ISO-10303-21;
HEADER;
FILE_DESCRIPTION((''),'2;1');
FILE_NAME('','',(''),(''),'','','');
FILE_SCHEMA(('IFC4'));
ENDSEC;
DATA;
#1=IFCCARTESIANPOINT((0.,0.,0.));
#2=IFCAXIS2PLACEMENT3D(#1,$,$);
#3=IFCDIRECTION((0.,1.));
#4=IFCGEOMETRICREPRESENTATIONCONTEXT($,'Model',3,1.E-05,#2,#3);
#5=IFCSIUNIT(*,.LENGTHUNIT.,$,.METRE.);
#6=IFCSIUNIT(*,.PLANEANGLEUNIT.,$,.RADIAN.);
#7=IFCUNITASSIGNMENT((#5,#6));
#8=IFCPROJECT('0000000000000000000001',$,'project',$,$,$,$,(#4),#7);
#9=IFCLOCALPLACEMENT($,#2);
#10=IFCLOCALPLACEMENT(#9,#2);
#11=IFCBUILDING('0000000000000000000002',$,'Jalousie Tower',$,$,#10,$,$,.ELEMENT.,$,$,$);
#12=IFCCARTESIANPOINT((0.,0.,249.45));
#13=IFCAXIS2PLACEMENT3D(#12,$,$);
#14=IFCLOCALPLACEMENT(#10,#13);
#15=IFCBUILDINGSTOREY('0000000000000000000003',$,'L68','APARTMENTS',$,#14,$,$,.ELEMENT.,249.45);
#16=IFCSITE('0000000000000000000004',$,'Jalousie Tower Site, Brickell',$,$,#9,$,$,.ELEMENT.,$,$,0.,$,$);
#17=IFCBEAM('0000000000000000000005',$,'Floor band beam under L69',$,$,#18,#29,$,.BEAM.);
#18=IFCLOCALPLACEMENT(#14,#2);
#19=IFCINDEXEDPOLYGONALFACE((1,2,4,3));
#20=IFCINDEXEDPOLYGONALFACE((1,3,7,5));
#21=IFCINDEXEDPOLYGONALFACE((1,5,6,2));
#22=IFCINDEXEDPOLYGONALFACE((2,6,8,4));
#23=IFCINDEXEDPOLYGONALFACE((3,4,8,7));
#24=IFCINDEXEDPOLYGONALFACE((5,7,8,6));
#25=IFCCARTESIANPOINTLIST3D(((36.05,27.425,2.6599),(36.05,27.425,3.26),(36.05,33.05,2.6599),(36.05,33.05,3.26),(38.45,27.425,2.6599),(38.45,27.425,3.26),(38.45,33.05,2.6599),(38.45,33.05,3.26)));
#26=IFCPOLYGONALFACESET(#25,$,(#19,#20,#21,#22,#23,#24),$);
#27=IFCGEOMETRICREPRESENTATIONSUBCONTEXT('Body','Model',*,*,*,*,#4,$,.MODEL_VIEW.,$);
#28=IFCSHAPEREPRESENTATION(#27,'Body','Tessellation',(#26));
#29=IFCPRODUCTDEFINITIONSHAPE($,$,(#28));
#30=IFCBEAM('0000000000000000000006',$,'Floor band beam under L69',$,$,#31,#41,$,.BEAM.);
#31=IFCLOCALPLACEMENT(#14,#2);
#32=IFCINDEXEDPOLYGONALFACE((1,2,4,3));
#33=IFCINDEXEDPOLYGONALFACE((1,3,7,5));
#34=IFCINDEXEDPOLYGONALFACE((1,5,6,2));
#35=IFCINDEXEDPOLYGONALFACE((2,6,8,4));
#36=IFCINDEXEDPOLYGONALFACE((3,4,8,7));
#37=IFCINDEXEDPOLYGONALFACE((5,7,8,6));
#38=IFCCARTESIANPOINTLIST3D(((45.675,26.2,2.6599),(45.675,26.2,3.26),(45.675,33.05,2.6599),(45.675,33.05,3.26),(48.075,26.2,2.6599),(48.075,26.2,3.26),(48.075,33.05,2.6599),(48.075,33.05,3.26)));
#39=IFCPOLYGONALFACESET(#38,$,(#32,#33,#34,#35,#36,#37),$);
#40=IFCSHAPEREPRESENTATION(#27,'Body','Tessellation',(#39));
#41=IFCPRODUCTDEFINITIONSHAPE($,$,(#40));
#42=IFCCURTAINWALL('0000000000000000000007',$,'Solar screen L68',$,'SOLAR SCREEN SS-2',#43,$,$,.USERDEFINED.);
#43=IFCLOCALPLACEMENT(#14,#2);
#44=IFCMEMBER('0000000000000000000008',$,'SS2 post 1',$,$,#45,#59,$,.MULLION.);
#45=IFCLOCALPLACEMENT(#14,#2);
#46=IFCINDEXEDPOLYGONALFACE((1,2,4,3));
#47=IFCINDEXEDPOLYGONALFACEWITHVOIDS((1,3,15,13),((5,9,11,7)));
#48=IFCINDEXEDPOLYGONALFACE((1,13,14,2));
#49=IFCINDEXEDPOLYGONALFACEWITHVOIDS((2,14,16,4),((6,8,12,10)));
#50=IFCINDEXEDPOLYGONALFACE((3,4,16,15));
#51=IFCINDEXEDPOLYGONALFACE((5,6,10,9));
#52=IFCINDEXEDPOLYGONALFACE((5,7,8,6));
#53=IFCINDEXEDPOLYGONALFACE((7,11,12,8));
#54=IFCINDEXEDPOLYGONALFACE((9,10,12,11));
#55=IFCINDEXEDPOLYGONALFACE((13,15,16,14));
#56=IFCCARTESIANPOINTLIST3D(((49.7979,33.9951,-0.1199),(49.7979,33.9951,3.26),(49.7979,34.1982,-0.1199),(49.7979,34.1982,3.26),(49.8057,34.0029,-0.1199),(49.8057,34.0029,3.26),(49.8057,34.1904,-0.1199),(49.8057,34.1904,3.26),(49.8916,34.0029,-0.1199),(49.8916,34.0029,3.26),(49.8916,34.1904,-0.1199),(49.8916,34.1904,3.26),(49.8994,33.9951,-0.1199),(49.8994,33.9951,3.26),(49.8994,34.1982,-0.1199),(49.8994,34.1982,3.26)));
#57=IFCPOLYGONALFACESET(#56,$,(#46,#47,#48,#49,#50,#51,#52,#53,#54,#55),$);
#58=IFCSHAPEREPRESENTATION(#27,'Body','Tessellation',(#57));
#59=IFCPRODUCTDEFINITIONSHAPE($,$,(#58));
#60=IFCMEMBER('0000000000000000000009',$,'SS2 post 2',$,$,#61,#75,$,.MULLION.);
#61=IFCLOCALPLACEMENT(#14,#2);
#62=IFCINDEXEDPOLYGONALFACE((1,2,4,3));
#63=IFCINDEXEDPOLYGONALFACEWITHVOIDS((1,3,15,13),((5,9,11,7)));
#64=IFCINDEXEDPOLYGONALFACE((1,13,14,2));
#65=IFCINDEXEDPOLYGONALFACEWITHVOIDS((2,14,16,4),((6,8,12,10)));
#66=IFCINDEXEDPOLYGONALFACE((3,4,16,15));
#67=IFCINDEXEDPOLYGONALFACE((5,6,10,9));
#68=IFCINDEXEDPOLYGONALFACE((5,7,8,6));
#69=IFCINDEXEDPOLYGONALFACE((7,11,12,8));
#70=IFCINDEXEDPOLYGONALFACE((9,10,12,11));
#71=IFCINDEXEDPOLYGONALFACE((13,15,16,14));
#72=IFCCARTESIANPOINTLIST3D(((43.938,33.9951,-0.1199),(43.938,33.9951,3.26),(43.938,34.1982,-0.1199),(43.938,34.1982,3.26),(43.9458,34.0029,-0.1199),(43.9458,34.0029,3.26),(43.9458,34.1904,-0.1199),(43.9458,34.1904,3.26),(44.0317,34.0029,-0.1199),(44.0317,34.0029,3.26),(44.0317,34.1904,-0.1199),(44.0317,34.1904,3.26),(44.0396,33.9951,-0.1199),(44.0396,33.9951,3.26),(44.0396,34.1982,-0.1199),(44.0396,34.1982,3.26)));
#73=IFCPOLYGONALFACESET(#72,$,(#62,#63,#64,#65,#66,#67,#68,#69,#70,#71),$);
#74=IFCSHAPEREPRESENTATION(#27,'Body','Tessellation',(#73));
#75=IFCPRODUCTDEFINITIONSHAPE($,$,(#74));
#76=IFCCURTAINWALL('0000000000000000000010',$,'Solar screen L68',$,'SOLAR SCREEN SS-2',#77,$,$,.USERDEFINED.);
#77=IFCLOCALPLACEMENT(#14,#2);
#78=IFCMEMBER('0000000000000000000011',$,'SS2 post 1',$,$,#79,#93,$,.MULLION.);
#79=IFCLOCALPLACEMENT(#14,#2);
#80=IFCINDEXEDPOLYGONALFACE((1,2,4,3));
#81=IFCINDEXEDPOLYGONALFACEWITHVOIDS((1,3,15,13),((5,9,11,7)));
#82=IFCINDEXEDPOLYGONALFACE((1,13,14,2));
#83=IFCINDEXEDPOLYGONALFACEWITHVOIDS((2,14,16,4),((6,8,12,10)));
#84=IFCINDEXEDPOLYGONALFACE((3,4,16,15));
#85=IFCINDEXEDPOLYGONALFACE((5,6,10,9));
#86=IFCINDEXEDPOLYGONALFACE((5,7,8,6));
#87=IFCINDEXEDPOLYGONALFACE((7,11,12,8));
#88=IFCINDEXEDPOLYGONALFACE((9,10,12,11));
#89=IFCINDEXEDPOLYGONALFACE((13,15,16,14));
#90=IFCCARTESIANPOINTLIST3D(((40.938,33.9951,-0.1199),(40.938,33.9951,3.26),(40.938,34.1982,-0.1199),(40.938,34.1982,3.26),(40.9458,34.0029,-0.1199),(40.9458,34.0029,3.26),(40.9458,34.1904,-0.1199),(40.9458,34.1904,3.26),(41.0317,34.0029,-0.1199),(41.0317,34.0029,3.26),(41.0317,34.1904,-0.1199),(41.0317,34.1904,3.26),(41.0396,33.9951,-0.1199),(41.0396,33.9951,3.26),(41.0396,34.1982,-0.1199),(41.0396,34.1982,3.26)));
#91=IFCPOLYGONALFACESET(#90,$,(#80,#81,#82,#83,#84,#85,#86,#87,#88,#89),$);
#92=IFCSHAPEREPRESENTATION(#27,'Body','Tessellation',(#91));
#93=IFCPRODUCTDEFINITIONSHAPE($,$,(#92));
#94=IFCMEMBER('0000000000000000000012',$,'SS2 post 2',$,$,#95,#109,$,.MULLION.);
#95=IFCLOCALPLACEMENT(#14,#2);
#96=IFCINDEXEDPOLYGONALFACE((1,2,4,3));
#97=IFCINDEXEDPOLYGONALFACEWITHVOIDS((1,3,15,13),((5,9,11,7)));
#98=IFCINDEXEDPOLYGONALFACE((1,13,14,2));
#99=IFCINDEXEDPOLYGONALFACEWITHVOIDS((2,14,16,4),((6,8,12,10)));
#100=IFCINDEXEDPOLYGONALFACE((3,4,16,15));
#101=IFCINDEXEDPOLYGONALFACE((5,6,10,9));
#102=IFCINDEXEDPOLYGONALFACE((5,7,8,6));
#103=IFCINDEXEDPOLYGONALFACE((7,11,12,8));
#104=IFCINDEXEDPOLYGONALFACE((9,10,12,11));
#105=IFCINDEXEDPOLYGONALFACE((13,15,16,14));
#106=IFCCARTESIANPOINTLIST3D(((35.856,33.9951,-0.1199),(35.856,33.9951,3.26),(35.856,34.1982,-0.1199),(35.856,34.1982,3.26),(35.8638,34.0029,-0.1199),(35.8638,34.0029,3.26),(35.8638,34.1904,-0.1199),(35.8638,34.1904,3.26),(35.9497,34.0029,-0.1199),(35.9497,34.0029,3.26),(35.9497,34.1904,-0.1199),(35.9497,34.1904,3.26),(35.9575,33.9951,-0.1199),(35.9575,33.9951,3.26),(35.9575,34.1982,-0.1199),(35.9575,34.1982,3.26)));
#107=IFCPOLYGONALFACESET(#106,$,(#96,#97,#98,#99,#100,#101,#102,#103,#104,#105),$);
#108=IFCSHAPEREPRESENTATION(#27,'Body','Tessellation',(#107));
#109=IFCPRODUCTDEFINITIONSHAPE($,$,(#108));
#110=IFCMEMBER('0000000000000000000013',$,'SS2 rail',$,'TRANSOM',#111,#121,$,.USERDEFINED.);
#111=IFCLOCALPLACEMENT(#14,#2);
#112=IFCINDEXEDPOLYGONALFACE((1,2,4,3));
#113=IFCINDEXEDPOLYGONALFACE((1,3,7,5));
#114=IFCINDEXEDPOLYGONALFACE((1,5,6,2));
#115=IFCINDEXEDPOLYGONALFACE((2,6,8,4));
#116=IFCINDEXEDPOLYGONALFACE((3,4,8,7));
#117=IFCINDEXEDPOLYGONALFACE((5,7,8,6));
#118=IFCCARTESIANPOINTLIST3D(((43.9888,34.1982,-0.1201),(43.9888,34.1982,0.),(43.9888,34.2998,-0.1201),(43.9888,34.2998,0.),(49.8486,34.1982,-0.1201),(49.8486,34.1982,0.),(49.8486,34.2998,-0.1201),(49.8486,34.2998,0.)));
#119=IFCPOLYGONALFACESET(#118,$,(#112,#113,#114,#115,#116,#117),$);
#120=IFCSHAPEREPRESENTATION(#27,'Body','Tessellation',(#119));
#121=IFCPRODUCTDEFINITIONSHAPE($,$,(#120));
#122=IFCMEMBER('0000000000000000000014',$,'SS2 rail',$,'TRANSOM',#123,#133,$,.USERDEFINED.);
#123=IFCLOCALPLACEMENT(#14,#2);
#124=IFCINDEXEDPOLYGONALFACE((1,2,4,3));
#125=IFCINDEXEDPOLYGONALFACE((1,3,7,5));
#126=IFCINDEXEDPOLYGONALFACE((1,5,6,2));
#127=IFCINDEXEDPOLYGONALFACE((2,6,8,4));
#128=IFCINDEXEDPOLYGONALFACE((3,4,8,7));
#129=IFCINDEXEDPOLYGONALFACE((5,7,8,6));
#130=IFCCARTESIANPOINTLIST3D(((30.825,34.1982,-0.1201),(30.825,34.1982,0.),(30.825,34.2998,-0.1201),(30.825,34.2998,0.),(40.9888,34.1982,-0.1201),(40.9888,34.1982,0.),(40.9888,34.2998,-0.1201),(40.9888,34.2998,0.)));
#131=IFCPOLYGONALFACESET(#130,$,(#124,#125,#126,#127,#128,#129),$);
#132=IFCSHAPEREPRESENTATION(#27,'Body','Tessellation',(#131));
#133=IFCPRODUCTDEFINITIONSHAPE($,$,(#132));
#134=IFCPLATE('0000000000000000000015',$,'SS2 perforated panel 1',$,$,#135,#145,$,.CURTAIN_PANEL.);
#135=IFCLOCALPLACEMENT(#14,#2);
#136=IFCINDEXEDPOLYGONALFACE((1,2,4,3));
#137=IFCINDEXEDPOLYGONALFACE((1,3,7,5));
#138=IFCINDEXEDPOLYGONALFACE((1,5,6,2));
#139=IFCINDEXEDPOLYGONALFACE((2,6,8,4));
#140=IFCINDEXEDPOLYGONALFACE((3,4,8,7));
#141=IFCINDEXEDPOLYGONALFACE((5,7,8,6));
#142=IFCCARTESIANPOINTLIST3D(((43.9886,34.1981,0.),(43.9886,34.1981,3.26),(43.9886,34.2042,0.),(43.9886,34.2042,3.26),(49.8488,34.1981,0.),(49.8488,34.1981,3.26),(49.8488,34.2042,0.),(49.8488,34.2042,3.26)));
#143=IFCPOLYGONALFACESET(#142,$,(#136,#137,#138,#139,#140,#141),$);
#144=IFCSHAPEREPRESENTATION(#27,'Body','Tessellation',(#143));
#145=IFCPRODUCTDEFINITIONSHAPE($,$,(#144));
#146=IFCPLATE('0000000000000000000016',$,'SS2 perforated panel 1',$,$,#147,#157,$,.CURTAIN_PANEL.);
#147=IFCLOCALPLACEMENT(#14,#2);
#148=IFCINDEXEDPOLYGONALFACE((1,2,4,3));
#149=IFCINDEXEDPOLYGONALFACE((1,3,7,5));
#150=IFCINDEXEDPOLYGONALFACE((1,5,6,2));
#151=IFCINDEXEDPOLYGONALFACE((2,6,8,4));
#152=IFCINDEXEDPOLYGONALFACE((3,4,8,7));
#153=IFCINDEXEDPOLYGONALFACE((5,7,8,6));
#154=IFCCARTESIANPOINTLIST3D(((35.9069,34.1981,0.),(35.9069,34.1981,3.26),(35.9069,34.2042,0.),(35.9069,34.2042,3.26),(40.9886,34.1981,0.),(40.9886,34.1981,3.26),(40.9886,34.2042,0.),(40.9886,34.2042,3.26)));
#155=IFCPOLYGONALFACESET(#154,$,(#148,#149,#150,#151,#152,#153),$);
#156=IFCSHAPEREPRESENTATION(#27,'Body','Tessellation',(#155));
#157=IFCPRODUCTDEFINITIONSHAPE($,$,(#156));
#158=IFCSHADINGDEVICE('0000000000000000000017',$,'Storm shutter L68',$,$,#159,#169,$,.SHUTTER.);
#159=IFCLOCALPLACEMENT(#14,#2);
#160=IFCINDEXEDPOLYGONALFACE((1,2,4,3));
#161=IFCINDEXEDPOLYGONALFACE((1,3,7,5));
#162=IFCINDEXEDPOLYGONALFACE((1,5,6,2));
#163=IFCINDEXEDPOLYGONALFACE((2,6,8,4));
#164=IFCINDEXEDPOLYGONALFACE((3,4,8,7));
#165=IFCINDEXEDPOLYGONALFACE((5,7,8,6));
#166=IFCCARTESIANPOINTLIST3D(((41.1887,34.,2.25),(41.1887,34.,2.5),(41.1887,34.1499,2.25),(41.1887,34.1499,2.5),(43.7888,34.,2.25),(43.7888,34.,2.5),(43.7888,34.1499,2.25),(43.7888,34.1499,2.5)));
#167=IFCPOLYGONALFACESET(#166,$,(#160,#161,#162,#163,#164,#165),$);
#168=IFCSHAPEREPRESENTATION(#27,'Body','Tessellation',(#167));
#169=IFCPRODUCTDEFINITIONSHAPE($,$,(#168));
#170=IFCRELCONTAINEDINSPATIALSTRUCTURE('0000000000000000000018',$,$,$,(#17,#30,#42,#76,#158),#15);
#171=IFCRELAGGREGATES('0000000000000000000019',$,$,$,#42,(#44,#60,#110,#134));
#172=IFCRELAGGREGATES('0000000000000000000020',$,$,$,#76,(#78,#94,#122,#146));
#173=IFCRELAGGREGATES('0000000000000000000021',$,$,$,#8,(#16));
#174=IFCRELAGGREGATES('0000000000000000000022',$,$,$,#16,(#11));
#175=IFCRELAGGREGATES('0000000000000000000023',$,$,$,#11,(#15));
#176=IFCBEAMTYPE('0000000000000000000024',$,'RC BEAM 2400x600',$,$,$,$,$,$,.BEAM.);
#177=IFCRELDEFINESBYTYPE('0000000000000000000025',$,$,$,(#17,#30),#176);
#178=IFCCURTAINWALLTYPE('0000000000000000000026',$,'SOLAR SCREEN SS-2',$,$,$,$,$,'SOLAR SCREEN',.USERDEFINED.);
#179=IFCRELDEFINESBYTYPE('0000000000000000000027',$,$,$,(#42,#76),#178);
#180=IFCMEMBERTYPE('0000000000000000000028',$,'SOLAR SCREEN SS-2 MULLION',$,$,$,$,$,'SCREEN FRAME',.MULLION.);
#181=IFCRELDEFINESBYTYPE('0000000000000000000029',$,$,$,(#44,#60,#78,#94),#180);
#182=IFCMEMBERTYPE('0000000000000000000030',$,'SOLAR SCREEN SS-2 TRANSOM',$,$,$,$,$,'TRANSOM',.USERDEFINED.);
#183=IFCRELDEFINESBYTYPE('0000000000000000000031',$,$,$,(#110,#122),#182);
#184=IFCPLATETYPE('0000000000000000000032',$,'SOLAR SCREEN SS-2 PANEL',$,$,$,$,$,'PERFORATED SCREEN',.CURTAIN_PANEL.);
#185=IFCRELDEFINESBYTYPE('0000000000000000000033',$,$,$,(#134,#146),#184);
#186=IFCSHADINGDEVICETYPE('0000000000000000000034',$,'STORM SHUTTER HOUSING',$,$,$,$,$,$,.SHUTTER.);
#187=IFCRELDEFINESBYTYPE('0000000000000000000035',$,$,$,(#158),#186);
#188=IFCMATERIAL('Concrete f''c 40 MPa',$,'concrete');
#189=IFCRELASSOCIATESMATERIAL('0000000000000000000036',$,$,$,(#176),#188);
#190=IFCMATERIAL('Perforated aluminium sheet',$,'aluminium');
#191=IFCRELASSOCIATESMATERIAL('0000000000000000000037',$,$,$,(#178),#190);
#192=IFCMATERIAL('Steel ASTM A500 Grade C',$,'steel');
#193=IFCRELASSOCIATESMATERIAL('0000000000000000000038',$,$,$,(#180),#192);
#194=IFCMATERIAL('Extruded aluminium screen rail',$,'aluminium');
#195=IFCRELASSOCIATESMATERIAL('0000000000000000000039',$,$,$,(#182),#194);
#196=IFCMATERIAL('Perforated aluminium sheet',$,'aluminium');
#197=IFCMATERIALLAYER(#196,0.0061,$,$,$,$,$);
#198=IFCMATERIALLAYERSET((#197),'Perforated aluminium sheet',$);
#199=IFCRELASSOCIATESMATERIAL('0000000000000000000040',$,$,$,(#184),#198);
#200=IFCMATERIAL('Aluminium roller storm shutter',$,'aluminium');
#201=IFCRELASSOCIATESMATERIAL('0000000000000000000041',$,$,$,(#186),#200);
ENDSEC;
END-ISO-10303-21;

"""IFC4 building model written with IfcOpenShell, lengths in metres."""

from ifc_helpers import new_model, si_unit, direction, frame, origin, origin_2d, place, context, subcontext, project, spatial, rectangle, hollow_rectangle, extrude, material, layer, layer_set, material_profile, profile_set, type_object, element, aggregate, save


model = new_model("IFC4")

# Units and contexts
model_context = context("Model", 3, precision=1e-05, world=origin(), true_north=direction((0.0, 1.0)))
body_context = subcontext(model_context, "Body", "Model", "MODEL_VIEW")
ifc_project = project(units=[si_unit("LENGTHUNIT", "METRE"), si_unit("PLANEANGLEUNIT", "RADIAN")], contexts=[model_context])

# Site, building, storey
site_placement = place(None, origin())
site = spatial("IfcSite", under=ifc_project, at=site_placement, Name="Jalousie Tower Site, Brickell", CompositionType="ELEMENT", RefElevation=0.0)
building_placement = place(site_placement, origin())
building = spatial("IfcBuilding", under=site, at=building_placement, Name="Jalousie Tower", CompositionType="ELEMENT")
storey_placement = place(building_placement, frame((0.0, 0.0, 249.45)))
storey = spatial("IfcBuildingStorey", under=building, at=storey_placement, Name="L68", Description="APARTMENTS", CompositionType="ELEMENT", Elevation=249.45)

# Beams
ifc_material_1 = material(Name="Concrete f'c 40 MPa", Category="concrete")
ifc_material_profile_1 = material_profile(ifc_material_1, rectangle(XDim=2.3999, YDim=0.6001, at=origin_2d()), Name="RC 2400x600")
ifc_profile_set_1 = profile_set([ifc_material_profile_1], Name="Concrete f'c 40 MPa")
beam_type_1 = type_object("IfcBeamType", Name="RC BEAM 2400x600", PredefinedType="BEAM", material=ifc_profile_set_1)
beam_1_placement = place(storey_placement, frame((37.25, 33.05, 2.96), z_axis=(0.0, -1.0, 0.0), x_axis=(1.0, 0.0, 0.0)))
element("IfcBeam", 1, at=beam_1_placement, inside=storey, type_object=beam_type_1, Name="Floor band beam under L69", PredefinedType="BEAM", context=body_context, shape_type="SweptSolid", body=[
    extrude(rectangle(XDim=2.3999, YDim=0.6001, at=origin_2d()), origin(), (0.0, 0.0, 1.0), 5.625),
])
beam_2_placement = place(storey_placement, frame((46.875, 33.05, 2.96), z_axis=(0.0, -1.0, 0.0), x_axis=(1.0, 0.0, 0.0)))
element("IfcBeam", 2, at=beam_2_placement, inside=storey, type_object=beam_type_1, Name="Floor band beam under L69", PredefinedType="BEAM", context=body_context, shape_type="SweptSolid", body=[
    extrude(rectangle(XDim=2.3999, YDim=0.6001, at=origin_2d()), origin(), (0.0, 0.0, 1.0), 6.8501),
])

# Curtain walls, members
ifc_material_2 = material(Name="Perforated aluminium sheet", Category="aluminium")
curtain_wall_type = type_object("IfcCurtainWallType", Name="SOLAR SCREEN SS-2", ElementType="SOLAR SCREEN", PredefinedType="USERDEFINED", material=ifc_material_2)
curtain_wall_1_placement = place(storey_placement, origin())
curtain_wall_1 = element("IfcCurtainWall", 3, at=curtain_wall_1_placement, inside=storey, type_object=curtain_wall_type, Name="Solar screen L68", ObjectType="SOLAR SCREEN SS-2", PredefinedType="USERDEFINED")
ifc_material_3 = material(Name="Steel ASTM A500 Grade C", Category="steel")
ifc_material_profile_2 = material_profile(ifc_material_3, hollow_rectangle(XDim=0.1016, YDim=0.2031, WallThickness=0.0078, at=origin_2d()), Name="HSS8X4X5/16")
ifc_profile_set_2 = profile_set([ifc_material_profile_2], Name="Steel ASTM A500 Grade C")
member_type_1 = type_object("IfcMemberType", Name="SOLAR SCREEN SS-2 MULLION", ElementType="SCREEN FRAME", PredefinedType="MULLION", material=ifc_profile_set_2)
member_1_placement = place(storey_placement, frame((49.8486, 34.0967, -0.1199), z_axis=(0.0, 0.0, 1.0), x_axis=(-1.0, 0.0, 0.0)))
member_1 = element("IfcMember", 4, at=member_1_placement, type_object=member_type_1, Name="SS2 post 1", PredefinedType="MULLION", context=body_context, shape_type="SweptSolid", body=[
    extrude(hollow_rectangle(XDim=0.1016, YDim=0.2031, WallThickness=0.0078, at=origin_2d()), origin(), (0.0, 0.0, 1.0), 3.3799),
])
member_2_placement = place(storey_placement, frame((43.9888, 34.0967, -0.1199), z_axis=(0.0, 0.0, 1.0), x_axis=(-1.0, 0.0, 0.0)))
member_2 = element("IfcMember", 5, at=member_2_placement, type_object=member_type_1, Name="SS2 post 2", PredefinedType="MULLION", context=body_context, shape_type="SweptSolid", body=[
    extrude(hollow_rectangle(XDim=0.1016, YDim=0.2031, WallThickness=0.0078, at=origin_2d()), origin(), (0.0, 0.0, 1.0), 3.3799),
])
curtain_wall_2_placement = place(storey_placement, origin())
curtain_wall_2 = element("IfcCurtainWall", 6, at=curtain_wall_2_placement, inside=storey, type_object=curtain_wall_type, Name="Solar screen L68", ObjectType="SOLAR SCREEN SS-2", PredefinedType="USERDEFINED")
member_3_placement = place(storey_placement, frame((40.9888, 34.0967, -0.1199), z_axis=(0.0, 0.0, 1.0), x_axis=(-1.0, 0.0, 0.0)))
member_3 = element("IfcMember", 7, at=member_3_placement, type_object=member_type_1, Name="SS2 post 1", PredefinedType="MULLION", context=body_context, shape_type="SweptSolid", body=[
    extrude(hollow_rectangle(XDim=0.1016, YDim=0.2031, WallThickness=0.0078, at=origin_2d()), origin(), (0.0, 0.0, 1.0), 3.3799),
])
member_4_placement = place(storey_placement, frame((35.9067, 34.0967, -0.1199), z_axis=(0.0, 0.0, 1.0), x_axis=(-1.0, 0.0, 0.0)))
member_4 = element("IfcMember", 8, at=member_4_placement, type_object=member_type_1, Name="SS2 post 2", PredefinedType="MULLION", context=body_context, shape_type="SweptSolid", body=[
    extrude(hollow_rectangle(XDim=0.1016, YDim=0.2031, WallThickness=0.0078, at=origin_2d()), origin(), (0.0, 0.0, 1.0), 3.3799),
])

# Members
ifc_material_4 = material(Name="Extruded aluminium screen rail", Category="aluminium")
ifc_material_profile_3 = material_profile(ifc_material_4, rectangle(XDim=0.1016, YDim=0.1201, at=origin_2d()), Name="RAIL 102x120")
ifc_profile_set_3 = profile_set([ifc_material_profile_3], Name="Extruded aluminium screen rail")
member_type_2 = type_object("IfcMemberType", Name="SOLAR SCREEN SS-2 TRANSOM", ElementType="TRANSOM", PredefinedType="USERDEFINED", material=ifc_profile_set_3)
member_5_placement = place(storey_placement, frame((49.8486, 34.249, -0.0601), z_axis=(-1.0, 0.0, 0.0), x_axis=(0.0, -1.0, 0.0)))
member_5 = element("IfcMember", 9, at=member_5_placement, type_object=member_type_2, Name="SS2 rail", ObjectType="TRANSOM", PredefinedType="USERDEFINED", context=body_context, shape_type="SweptSolid", body=[
    extrude(rectangle(XDim=0.1016, YDim=0.1201, at=origin_2d()), origin(), (0.0, 0.0, 1.0), 5.8599),
])
member_6_placement = place(storey_placement, frame((40.9888, 34.249, -0.0601), z_axis=(-1.0, 0.0, 0.0), x_axis=(0.0, -1.0, 0.0)))
member_6 = element("IfcMember", 10, at=member_6_placement, type_object=member_type_2, Name="SS2 rail", ObjectType="TRANSOM", PredefinedType="USERDEFINED", context=body_context, shape_type="SweptSolid", body=[
    extrude(rectangle(XDim=0.1016, YDim=0.1201, at=origin_2d()), origin(), (0.0, 0.0, 1.0), 10.1638),
])

# Plates
ifc_material_5 = material(Name="Perforated aluminium sheet", Category="aluminium")
ifc_layer = layer(ifc_material_5, 0.0061)
ifc_layer_set = layer_set([ifc_layer], Name="Perforated aluminium sheet")
plate_type = type_object("IfcPlateType", Name="SOLAR SCREEN SS-2 PANEL", ElementType="PERFORATED SCREEN", PredefinedType="CURTAIN_PANEL", material=ifc_layer_set)
plate_1_placement = place(storey_placement, frame((46.9187, 34.2012, 0.0), z_axis=(0.0, 0.0, 1.0), x_axis=(-1.0, 0.0, 0.0)))
plate_1 = element("IfcPlate", 11, at=plate_1_placement, type_object=plate_type, Name="SS2 perforated panel 1", PredefinedType="CURTAIN_PANEL", context=body_context, shape_type="SweptSolid", body=[
    extrude(rectangle(XDim=5.8601, YDim=0.0061, at=origin_2d()), origin(), (0.0, 0.0, 1.0), 3.26),
])
aggregate(curtain_wall_1, [member_1, member_2, member_5, plate_1])
plate_2_placement = place(storey_placement, frame((38.4478, 34.2012, 0.0), z_axis=(0.0, 0.0, 1.0), x_axis=(-1.0, 0.0, 0.0)))
plate_2 = element("IfcPlate", 12, at=plate_2_placement, type_object=plate_type, Name="SS2 perforated panel 1", PredefinedType="CURTAIN_PANEL", context=body_context, shape_type="SweptSolid", body=[
    extrude(rectangle(XDim=5.0818, YDim=0.0061, at=origin_2d()), origin(), (0.0, 0.0, 1.0), 3.26),
])
aggregate(curtain_wall_2, [member_3, member_4, member_6, plate_2])

# Shading device
ifc_material_6 = material(Name="Aluminium roller storm shutter", Category="aluminium")
shading_device_type = type_object("IfcShadingDeviceType", Name="STORM SHUTTER HOUSING", PredefinedType="SHUTTER", material=ifc_material_6)
shading_device_placement = place(storey_placement, frame((42.4888, 34.075, 2.25), z_axis=(0.0, 0.0, 1.0), x_axis=(-1.0, 0.0, 0.0)))
element("IfcShadingDevice", 13, at=shading_device_placement, inside=storey, type_object=shading_device_type, Name="Storm shutter L68", PredefinedType="SHUTTER", context=body_context, shape_type="SweptSolid", body=[
    extrude(rectangle(XDim=2.6001, YDim=0.1499, at=origin_2d()), origin(), (0.0, 0.0, 1.0), 0.25),
])

save(model, "model.ifc")
